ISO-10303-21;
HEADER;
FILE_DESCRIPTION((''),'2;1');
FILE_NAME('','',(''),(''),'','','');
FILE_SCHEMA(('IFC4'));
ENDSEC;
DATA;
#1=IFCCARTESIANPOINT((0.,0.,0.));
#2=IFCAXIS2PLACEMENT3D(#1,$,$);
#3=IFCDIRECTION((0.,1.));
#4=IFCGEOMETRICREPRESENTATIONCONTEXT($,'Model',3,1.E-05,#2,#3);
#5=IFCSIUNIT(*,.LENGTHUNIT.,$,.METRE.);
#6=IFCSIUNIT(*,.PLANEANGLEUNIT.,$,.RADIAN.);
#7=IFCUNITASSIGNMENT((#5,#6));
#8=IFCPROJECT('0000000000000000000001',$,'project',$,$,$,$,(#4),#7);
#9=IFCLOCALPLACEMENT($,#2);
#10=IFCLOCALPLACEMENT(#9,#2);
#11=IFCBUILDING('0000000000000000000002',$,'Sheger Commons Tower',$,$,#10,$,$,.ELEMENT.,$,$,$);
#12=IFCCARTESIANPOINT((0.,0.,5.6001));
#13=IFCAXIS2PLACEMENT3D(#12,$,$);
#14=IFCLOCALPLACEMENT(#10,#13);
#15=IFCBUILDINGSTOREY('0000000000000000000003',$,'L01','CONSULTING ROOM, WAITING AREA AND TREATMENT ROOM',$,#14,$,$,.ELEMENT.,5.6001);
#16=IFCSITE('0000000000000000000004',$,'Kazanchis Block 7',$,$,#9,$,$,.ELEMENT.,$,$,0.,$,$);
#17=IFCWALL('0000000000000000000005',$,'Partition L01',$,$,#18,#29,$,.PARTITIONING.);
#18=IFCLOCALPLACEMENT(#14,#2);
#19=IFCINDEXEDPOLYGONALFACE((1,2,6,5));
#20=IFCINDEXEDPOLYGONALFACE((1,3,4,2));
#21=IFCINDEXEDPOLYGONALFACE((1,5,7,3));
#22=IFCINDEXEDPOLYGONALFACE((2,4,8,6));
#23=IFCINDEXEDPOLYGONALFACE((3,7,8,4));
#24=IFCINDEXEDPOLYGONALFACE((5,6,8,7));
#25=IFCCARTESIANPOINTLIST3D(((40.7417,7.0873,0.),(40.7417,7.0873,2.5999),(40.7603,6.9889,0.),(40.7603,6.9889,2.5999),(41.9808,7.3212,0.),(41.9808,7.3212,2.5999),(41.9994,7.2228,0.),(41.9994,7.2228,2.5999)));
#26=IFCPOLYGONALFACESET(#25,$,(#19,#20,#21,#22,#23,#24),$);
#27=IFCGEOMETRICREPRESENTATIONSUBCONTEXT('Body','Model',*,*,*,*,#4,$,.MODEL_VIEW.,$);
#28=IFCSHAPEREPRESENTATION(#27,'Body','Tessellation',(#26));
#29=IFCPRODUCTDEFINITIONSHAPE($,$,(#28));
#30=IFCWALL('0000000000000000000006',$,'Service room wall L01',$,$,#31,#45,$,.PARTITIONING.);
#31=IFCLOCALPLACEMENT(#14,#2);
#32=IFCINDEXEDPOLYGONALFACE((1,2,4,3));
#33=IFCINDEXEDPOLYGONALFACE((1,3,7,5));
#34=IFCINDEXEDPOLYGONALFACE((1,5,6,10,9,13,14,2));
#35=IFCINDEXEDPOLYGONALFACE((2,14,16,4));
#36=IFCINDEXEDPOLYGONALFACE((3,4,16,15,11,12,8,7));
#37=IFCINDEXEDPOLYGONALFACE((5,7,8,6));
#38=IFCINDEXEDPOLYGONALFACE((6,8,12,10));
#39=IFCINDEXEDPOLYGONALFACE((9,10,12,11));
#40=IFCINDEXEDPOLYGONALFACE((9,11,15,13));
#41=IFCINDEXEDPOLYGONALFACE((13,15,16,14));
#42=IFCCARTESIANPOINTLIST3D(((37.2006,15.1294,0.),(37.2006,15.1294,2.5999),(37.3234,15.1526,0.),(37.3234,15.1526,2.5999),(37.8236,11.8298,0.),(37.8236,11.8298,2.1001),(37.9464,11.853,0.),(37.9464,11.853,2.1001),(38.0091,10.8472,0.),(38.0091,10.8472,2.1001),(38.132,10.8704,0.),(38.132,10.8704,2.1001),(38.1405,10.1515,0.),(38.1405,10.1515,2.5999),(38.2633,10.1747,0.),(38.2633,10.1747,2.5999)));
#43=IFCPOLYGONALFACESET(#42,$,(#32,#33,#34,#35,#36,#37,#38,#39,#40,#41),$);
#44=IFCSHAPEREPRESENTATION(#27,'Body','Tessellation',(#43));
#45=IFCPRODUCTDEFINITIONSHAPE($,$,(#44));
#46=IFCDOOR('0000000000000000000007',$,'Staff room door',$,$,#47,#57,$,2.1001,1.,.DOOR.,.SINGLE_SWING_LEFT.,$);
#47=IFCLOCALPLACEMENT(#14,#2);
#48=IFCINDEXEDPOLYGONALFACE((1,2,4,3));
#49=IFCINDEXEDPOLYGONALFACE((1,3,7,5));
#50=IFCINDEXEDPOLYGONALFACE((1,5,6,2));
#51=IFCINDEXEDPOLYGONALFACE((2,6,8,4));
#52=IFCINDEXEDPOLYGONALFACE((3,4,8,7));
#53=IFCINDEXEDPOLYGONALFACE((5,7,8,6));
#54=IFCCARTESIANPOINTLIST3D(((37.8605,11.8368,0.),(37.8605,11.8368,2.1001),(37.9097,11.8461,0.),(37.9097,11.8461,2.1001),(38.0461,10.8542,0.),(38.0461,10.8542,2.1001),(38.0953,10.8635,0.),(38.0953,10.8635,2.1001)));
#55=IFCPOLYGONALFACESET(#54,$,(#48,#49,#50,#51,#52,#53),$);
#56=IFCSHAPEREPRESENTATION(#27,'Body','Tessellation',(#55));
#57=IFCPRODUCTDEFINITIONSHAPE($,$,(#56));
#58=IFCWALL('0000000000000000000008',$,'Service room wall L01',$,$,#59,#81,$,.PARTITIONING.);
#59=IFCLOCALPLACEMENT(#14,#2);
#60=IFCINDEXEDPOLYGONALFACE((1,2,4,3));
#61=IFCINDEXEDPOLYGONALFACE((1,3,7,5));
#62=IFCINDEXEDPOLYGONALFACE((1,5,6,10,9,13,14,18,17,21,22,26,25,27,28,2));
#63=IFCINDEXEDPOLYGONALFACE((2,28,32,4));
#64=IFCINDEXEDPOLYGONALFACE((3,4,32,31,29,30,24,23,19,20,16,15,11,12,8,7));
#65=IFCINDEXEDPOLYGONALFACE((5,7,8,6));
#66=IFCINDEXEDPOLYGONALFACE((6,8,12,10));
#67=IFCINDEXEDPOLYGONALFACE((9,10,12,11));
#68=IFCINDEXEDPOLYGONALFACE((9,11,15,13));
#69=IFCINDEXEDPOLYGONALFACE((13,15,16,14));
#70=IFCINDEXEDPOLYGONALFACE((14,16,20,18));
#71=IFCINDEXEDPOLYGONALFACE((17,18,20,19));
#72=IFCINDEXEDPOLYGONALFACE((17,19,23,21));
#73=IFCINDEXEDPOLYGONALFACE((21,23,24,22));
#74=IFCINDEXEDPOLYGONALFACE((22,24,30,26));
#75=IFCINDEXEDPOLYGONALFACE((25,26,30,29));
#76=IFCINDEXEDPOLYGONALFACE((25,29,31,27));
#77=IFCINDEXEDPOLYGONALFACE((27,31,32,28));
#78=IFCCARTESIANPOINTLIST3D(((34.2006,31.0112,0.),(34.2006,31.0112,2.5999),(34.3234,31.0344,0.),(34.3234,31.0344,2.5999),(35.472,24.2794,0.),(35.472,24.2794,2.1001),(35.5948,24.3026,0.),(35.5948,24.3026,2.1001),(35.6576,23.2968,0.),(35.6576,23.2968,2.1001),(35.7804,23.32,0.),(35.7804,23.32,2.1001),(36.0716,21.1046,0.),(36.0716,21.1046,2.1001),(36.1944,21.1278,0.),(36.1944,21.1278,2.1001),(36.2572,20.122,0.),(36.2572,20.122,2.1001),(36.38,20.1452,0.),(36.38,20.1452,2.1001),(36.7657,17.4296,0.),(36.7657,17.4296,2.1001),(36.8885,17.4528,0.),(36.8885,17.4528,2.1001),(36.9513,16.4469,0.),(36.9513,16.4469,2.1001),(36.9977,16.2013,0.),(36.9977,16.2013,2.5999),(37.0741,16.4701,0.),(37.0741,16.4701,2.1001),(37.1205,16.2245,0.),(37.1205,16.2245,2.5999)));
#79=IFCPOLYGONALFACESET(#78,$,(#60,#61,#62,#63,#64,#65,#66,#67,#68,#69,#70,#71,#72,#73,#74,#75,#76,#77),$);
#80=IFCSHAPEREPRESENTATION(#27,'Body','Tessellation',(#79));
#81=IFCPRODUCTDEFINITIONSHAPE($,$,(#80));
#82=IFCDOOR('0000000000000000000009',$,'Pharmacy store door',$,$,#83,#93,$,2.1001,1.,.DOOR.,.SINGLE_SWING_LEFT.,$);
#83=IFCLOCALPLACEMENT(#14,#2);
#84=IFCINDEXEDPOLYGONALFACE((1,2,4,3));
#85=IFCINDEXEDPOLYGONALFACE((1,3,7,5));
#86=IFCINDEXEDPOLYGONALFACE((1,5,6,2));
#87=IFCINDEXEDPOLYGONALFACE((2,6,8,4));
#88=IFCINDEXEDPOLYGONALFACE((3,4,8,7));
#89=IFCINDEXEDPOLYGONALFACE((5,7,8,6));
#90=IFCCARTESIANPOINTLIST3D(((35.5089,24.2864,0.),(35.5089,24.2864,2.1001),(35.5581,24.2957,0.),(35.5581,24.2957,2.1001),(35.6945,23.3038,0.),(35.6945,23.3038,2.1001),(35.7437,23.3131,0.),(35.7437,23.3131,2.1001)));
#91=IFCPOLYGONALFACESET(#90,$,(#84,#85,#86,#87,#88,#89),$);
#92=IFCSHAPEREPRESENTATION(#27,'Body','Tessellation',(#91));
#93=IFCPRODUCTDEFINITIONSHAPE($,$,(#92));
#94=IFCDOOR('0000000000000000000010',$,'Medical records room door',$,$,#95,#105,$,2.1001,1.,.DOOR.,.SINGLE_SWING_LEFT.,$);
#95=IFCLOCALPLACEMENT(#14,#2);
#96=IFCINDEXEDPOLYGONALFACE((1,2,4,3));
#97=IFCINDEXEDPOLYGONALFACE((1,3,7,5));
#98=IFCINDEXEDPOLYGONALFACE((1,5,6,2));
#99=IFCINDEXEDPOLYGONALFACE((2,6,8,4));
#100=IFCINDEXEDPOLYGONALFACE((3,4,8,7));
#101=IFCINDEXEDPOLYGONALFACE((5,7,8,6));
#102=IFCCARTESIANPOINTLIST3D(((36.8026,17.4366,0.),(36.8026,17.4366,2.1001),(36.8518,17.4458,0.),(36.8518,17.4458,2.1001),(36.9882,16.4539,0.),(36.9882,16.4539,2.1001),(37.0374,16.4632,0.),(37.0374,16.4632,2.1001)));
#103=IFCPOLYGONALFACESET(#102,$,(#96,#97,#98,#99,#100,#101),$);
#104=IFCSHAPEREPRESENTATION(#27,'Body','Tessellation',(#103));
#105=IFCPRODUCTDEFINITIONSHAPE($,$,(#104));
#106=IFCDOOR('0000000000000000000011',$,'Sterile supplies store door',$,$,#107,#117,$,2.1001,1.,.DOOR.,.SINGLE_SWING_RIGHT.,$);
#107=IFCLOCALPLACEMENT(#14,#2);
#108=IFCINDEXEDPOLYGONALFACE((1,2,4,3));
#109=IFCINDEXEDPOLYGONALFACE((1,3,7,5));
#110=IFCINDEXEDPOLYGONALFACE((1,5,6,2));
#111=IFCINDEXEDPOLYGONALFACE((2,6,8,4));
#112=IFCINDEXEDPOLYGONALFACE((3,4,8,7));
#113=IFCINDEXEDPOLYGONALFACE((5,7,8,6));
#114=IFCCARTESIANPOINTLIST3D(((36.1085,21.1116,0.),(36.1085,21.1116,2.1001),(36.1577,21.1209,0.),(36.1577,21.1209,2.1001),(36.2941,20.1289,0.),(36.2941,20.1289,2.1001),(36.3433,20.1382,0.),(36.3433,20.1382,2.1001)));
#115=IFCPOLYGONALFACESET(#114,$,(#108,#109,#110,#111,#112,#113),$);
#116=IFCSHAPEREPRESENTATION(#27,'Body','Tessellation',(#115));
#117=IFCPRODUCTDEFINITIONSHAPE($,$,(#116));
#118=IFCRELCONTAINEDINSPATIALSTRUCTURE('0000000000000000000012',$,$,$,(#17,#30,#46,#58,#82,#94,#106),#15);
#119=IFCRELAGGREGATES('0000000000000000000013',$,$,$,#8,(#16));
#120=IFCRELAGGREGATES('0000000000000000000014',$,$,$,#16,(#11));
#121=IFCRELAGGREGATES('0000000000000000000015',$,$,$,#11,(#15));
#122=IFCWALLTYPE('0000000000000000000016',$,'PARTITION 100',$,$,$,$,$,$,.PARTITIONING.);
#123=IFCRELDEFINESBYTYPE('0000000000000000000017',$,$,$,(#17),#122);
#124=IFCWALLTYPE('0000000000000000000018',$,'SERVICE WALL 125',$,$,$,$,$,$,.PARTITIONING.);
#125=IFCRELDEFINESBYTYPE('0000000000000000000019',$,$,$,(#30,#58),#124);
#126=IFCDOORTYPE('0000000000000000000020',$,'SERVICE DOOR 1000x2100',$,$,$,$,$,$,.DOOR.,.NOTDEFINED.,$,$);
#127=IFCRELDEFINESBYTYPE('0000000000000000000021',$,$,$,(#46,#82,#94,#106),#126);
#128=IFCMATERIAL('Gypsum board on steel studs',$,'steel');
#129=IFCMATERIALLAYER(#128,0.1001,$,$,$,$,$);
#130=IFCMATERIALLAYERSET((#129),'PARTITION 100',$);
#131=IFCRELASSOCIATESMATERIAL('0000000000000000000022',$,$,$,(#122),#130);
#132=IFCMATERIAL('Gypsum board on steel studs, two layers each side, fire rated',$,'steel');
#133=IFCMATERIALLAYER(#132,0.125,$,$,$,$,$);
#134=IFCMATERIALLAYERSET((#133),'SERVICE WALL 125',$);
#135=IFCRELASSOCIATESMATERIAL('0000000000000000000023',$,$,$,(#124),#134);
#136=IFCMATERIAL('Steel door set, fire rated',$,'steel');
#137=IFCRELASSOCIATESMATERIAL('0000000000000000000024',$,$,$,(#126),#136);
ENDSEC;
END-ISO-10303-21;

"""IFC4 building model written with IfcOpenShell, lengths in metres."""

from ifc_helpers import new_model, si_unit, direction, frame, frame_2d, origin, place, context, subcontext, project, spatial, rectangle, extrude, material, layer, layer_set, type_object, element, fill, save


model = new_model("IFC4")

# Units and contexts
model_context = context("Model", 3, precision=1e-05, world=origin(), true_north=direction((0.0, 1.0)))
body_context = subcontext(model_context, "Body", "Model", "MODEL_VIEW")
ifc_project = project(units=[si_unit("LENGTHUNIT", "METRE"), si_unit("PLANEANGLEUNIT", "RADIAN")], contexts=[model_context])

# Site, building, storey
site_placement = place(None, origin())
site = spatial("IfcSite", under=ifc_project, at=site_placement, Name="Kazanchis Block 7", CompositionType="ELEMENT", RefElevation=0.0)
building_placement = place(site_placement, origin())
building = spatial("IfcBuilding", under=site, at=building_placement, Name="Sheger Commons Tower", CompositionType="ELEMENT")
storey_placement = place(building_placement, frame((0.0, 0.0, 5.6001)))
storey = spatial("IfcBuildingStorey", under=building, at=storey_placement, Name="L01", Description="CONSULTING ROOM, WAITING AREA AND TREATMENT ROOM", CompositionType="ELEMENT", Elevation=5.6001)

# Shared definitions
ifc_material_1 = material(Name="Gypsum board on steel studs", Category="steel")
ifc_layer_1 = layer(ifc_material_1, 0.1001)
ifc_layer_set_1 = layer_set([ifc_layer_1], Name="PARTITION 100")
wall_type_1 = type_object("IfcWallType", Name="PARTITION 100", PredefinedType="PARTITIONING", material=ifc_layer_set_1)

# Wall
wall_1_placement = place(storey_placement, frame((41.99, 7.272, 0.0), z_axis=(0.0, 0.0, 1.0), x_axis=(-0.982646, -0.185493, 0.0)))
element("IfcWall", 1, at=wall_1_placement, inside=storey, type_object=wall_type_1, Name="Partition L01", PredefinedType="PARTITIONING", context=body_context, shape_type="SweptSolid", body=[
    extrude(rectangle(XDim=1.261, YDim=0.1001, at=frame_2d((0.6304, 0.0))), origin(), (0.0, 0.0, 1.0), 2.5999),
])

# Wall, opening, door
ifc_material_2 = material(Name="Gypsum board on steel studs, two layers each side, fire rated", Category="steel")
ifc_layer_2 = layer(ifc_material_2, 0.125)
ifc_layer_set_2 = layer_set([ifc_layer_2], Name="SERVICE WALL 125")
wall_type_2 = type_object("IfcWallType", Name="SERVICE WALL 125", PredefinedType="PARTITIONING", material=ifc_layer_set_2)
wall_2_placement = place(storey_placement, frame((38.2019, 10.1631, 0.0), z_axis=(0.0, 0.0, 1.0), x_axis=(-0.18554, 0.982637, 0.0)))
wall_2 = element("IfcWall", 2, at=wall_2_placement, inside=storey, type_object=wall_type_2, Name="Service room wall L01", PredefinedType="PARTITIONING", context=body_context, shape_type="SweptSolid", body=[
    extrude(rectangle(XDim=5.0659, YDim=0.125, at=frame_2d((2.533, 0.0))), origin(), (0.0, 0.0, 1.0), 2.5999),
])
opening_1_placement = place(wall_2_placement, frame((0.708, 0.0, 0.0)))
opening_1 = element("IfcOpeningElement", 3, at=opening_1_placement, cuts=wall_2, PredefinedType="OPENING", context=body_context, shape_type="SweptSolid", body=[
    extrude(rectangle(XDim=1.0, YDim=2.1001, at=frame_2d((0.5, 1.05))), frame((0.0, 0.0725, 0.0), z_axis=(0.0, -1.0, 0.0), x_axis=(1.0, 0.0, 0.0)), (0.0, 0.0, 1.0), 0.145),
])
ifc_material_3 = material(Name="Steel door set, fire rated", Category="steel")
door_type_1 = type_object("IfcDoorType", Name="SERVICE DOOR 1000x2100", OperationType="NOTDEFINED", PredefinedType="DOOR", material=ifc_material_3)
door_1_placement = place(opening_1_placement, origin())
door_1 = element("IfcDoor", 4, at=door_1_placement, inside=storey, type_object=door_type_1, Name="Staff room door", OperationType="SINGLE_SWING_LEFT", OverallHeight=2.1001, OverallWidth=1.0, PredefinedType="DOOR", context=body_context, shape_type="SweptSolid", body=[
    extrude(rectangle(XDim=1.0, YDim=2.1001, at=frame_2d((0.5, 1.05))), frame((0.0, 0.0249, 0.0), z_axis=(0.0, -1.0, 0.0), x_axis=(1.0, 0.0, 0.0)), (0.0, 0.0, 1.0), 0.05),
])
fill(opening_1, door_1)

# Wall, openings, doors
wall_3_placement = place(storey_placement, frame((37.0591, 16.2129, 0.0), z_axis=(0.0, 0.0, 1.0), x_axis=(-0.185585, 0.982628, 0.0)))
wall_3 = element("IfcWall", 5, at=wall_3_placement, inside=storey, type_object=wall_type_2, Name="Service room wall L01", PredefinedType="PARTITIONING", context=body_context, shape_type="SweptSolid", body=[
    extrude(rectangle(XDim=15.0718, YDim=0.125, at=frame_2d((7.5359, 0.0))), origin(), (0.0, 0.0, 1.0), 2.5999),
])
opening_2_placement = place(wall_3_placement, frame((7.2209, 0.0, 0.0)))
opening_2 = element("IfcOpeningElement", 6, at=opening_2_placement, cuts=wall_3, PredefinedType="OPENING", context=body_context, shape_type="SweptSolid", body=[
    extrude(rectangle(XDim=1.0, YDim=2.1001, at=frame_2d((0.5, 1.05))), frame((0.0, 0.0725, 0.0), z_axis=(0.0, -1.0, 0.0), x_axis=(1.0, 0.0, 0.0)), (0.0, 0.0, 1.0), 0.145),
])
opening_3_placement = place(wall_3_placement, frame((0.25, 0.0, 0.0)))
opening_3 = element("IfcOpeningElement", 7, at=opening_3_placement, cuts=wall_3, PredefinedType="OPENING", context=body_context, shape_type="SweptSolid", body=[
    extrude(rectangle(XDim=1.0, YDim=2.1001, at=frame_2d((0.5, 1.05))), frame((0.0, 0.0725, 0.0), z_axis=(0.0, -1.0, 0.0), x_axis=(1.0, 0.0, 0.0)), (0.0, 0.0, 1.0), 0.145),
])
opening_4_placement = place(wall_3_placement, frame((3.99, 0.0, 0.0)))
opening_4 = element("IfcOpeningElement", 8, at=opening_4_placement, cuts=wall_3, PredefinedType="OPENING", context=body_context, shape_type="SweptSolid", body=[
    extrude(rectangle(XDim=1.0, YDim=2.1001, at=frame_2d((0.5, 1.05))), frame((0.0, 0.0725, 0.0), z_axis=(0.0, -1.0, 0.0), x_axis=(1.0, 0.0, 0.0)), (0.0, 0.0, 1.0), 0.145),
])
door_2_placement = place(opening_2_placement, origin())
door_2 = element("IfcDoor", 9, at=door_2_placement, inside=storey, type_object=door_type_1, Name="Pharmacy store door", OperationType="SINGLE_SWING_LEFT", OverallHeight=2.1001, OverallWidth=1.0, PredefinedType="DOOR", context=body_context, shape_type="SweptSolid", body=[
    extrude(rectangle(XDim=1.0, YDim=2.1001, at=frame_2d((0.5, 1.05))), frame((0.0, 0.0249, 0.0), z_axis=(0.0, -1.0, 0.0), x_axis=(1.0, 0.0, 0.0)), (0.0, 0.0, 1.0), 0.05),
])
fill(opening_2, door_2)
door_3_placement = place(opening_3_placement, origin())
door_3 = element("IfcDoor", 10, at=door_3_placement, inside=storey, type_object=door_type_1, Name="Medical records room door", OperationType="SINGLE_SWING_LEFT", OverallHeight=2.1001, OverallWidth=1.0, PredefinedType="DOOR", context=body_context, shape_type="SweptSolid", body=[
    extrude(rectangle(XDim=1.0, YDim=2.1001, at=frame_2d((0.5, 1.05))), frame((0.0, 0.0249, 0.0), z_axis=(0.0, -1.0, 0.0), x_axis=(1.0, 0.0, 0.0)), (0.0, 0.0, 1.0), 0.05),
])
fill(opening_3, door_3)
door_4_placement = place(opening_4_placement, origin())
door_4 = element("IfcDoor", 11, at=door_4_placement, inside=storey, type_object=door_type_1, Name="Sterile supplies store door", OperationType="SINGLE_SWING_RIGHT", OverallHeight=2.1001, OverallWidth=1.0, PredefinedType="DOOR", context=body_context, shape_type="SweptSolid", body=[
    extrude(rectangle(XDim=1.0, YDim=2.1001, at=frame_2d((0.5, 1.05))), frame((0.0, 0.0249, 0.0), z_axis=(0.0, -1.0, 0.0), x_axis=(1.0, 0.0, 0.0)), (0.0, 0.0, 1.0), 0.05),
])
fill(opening_4, door_4)

save(model, "model.ifc")
